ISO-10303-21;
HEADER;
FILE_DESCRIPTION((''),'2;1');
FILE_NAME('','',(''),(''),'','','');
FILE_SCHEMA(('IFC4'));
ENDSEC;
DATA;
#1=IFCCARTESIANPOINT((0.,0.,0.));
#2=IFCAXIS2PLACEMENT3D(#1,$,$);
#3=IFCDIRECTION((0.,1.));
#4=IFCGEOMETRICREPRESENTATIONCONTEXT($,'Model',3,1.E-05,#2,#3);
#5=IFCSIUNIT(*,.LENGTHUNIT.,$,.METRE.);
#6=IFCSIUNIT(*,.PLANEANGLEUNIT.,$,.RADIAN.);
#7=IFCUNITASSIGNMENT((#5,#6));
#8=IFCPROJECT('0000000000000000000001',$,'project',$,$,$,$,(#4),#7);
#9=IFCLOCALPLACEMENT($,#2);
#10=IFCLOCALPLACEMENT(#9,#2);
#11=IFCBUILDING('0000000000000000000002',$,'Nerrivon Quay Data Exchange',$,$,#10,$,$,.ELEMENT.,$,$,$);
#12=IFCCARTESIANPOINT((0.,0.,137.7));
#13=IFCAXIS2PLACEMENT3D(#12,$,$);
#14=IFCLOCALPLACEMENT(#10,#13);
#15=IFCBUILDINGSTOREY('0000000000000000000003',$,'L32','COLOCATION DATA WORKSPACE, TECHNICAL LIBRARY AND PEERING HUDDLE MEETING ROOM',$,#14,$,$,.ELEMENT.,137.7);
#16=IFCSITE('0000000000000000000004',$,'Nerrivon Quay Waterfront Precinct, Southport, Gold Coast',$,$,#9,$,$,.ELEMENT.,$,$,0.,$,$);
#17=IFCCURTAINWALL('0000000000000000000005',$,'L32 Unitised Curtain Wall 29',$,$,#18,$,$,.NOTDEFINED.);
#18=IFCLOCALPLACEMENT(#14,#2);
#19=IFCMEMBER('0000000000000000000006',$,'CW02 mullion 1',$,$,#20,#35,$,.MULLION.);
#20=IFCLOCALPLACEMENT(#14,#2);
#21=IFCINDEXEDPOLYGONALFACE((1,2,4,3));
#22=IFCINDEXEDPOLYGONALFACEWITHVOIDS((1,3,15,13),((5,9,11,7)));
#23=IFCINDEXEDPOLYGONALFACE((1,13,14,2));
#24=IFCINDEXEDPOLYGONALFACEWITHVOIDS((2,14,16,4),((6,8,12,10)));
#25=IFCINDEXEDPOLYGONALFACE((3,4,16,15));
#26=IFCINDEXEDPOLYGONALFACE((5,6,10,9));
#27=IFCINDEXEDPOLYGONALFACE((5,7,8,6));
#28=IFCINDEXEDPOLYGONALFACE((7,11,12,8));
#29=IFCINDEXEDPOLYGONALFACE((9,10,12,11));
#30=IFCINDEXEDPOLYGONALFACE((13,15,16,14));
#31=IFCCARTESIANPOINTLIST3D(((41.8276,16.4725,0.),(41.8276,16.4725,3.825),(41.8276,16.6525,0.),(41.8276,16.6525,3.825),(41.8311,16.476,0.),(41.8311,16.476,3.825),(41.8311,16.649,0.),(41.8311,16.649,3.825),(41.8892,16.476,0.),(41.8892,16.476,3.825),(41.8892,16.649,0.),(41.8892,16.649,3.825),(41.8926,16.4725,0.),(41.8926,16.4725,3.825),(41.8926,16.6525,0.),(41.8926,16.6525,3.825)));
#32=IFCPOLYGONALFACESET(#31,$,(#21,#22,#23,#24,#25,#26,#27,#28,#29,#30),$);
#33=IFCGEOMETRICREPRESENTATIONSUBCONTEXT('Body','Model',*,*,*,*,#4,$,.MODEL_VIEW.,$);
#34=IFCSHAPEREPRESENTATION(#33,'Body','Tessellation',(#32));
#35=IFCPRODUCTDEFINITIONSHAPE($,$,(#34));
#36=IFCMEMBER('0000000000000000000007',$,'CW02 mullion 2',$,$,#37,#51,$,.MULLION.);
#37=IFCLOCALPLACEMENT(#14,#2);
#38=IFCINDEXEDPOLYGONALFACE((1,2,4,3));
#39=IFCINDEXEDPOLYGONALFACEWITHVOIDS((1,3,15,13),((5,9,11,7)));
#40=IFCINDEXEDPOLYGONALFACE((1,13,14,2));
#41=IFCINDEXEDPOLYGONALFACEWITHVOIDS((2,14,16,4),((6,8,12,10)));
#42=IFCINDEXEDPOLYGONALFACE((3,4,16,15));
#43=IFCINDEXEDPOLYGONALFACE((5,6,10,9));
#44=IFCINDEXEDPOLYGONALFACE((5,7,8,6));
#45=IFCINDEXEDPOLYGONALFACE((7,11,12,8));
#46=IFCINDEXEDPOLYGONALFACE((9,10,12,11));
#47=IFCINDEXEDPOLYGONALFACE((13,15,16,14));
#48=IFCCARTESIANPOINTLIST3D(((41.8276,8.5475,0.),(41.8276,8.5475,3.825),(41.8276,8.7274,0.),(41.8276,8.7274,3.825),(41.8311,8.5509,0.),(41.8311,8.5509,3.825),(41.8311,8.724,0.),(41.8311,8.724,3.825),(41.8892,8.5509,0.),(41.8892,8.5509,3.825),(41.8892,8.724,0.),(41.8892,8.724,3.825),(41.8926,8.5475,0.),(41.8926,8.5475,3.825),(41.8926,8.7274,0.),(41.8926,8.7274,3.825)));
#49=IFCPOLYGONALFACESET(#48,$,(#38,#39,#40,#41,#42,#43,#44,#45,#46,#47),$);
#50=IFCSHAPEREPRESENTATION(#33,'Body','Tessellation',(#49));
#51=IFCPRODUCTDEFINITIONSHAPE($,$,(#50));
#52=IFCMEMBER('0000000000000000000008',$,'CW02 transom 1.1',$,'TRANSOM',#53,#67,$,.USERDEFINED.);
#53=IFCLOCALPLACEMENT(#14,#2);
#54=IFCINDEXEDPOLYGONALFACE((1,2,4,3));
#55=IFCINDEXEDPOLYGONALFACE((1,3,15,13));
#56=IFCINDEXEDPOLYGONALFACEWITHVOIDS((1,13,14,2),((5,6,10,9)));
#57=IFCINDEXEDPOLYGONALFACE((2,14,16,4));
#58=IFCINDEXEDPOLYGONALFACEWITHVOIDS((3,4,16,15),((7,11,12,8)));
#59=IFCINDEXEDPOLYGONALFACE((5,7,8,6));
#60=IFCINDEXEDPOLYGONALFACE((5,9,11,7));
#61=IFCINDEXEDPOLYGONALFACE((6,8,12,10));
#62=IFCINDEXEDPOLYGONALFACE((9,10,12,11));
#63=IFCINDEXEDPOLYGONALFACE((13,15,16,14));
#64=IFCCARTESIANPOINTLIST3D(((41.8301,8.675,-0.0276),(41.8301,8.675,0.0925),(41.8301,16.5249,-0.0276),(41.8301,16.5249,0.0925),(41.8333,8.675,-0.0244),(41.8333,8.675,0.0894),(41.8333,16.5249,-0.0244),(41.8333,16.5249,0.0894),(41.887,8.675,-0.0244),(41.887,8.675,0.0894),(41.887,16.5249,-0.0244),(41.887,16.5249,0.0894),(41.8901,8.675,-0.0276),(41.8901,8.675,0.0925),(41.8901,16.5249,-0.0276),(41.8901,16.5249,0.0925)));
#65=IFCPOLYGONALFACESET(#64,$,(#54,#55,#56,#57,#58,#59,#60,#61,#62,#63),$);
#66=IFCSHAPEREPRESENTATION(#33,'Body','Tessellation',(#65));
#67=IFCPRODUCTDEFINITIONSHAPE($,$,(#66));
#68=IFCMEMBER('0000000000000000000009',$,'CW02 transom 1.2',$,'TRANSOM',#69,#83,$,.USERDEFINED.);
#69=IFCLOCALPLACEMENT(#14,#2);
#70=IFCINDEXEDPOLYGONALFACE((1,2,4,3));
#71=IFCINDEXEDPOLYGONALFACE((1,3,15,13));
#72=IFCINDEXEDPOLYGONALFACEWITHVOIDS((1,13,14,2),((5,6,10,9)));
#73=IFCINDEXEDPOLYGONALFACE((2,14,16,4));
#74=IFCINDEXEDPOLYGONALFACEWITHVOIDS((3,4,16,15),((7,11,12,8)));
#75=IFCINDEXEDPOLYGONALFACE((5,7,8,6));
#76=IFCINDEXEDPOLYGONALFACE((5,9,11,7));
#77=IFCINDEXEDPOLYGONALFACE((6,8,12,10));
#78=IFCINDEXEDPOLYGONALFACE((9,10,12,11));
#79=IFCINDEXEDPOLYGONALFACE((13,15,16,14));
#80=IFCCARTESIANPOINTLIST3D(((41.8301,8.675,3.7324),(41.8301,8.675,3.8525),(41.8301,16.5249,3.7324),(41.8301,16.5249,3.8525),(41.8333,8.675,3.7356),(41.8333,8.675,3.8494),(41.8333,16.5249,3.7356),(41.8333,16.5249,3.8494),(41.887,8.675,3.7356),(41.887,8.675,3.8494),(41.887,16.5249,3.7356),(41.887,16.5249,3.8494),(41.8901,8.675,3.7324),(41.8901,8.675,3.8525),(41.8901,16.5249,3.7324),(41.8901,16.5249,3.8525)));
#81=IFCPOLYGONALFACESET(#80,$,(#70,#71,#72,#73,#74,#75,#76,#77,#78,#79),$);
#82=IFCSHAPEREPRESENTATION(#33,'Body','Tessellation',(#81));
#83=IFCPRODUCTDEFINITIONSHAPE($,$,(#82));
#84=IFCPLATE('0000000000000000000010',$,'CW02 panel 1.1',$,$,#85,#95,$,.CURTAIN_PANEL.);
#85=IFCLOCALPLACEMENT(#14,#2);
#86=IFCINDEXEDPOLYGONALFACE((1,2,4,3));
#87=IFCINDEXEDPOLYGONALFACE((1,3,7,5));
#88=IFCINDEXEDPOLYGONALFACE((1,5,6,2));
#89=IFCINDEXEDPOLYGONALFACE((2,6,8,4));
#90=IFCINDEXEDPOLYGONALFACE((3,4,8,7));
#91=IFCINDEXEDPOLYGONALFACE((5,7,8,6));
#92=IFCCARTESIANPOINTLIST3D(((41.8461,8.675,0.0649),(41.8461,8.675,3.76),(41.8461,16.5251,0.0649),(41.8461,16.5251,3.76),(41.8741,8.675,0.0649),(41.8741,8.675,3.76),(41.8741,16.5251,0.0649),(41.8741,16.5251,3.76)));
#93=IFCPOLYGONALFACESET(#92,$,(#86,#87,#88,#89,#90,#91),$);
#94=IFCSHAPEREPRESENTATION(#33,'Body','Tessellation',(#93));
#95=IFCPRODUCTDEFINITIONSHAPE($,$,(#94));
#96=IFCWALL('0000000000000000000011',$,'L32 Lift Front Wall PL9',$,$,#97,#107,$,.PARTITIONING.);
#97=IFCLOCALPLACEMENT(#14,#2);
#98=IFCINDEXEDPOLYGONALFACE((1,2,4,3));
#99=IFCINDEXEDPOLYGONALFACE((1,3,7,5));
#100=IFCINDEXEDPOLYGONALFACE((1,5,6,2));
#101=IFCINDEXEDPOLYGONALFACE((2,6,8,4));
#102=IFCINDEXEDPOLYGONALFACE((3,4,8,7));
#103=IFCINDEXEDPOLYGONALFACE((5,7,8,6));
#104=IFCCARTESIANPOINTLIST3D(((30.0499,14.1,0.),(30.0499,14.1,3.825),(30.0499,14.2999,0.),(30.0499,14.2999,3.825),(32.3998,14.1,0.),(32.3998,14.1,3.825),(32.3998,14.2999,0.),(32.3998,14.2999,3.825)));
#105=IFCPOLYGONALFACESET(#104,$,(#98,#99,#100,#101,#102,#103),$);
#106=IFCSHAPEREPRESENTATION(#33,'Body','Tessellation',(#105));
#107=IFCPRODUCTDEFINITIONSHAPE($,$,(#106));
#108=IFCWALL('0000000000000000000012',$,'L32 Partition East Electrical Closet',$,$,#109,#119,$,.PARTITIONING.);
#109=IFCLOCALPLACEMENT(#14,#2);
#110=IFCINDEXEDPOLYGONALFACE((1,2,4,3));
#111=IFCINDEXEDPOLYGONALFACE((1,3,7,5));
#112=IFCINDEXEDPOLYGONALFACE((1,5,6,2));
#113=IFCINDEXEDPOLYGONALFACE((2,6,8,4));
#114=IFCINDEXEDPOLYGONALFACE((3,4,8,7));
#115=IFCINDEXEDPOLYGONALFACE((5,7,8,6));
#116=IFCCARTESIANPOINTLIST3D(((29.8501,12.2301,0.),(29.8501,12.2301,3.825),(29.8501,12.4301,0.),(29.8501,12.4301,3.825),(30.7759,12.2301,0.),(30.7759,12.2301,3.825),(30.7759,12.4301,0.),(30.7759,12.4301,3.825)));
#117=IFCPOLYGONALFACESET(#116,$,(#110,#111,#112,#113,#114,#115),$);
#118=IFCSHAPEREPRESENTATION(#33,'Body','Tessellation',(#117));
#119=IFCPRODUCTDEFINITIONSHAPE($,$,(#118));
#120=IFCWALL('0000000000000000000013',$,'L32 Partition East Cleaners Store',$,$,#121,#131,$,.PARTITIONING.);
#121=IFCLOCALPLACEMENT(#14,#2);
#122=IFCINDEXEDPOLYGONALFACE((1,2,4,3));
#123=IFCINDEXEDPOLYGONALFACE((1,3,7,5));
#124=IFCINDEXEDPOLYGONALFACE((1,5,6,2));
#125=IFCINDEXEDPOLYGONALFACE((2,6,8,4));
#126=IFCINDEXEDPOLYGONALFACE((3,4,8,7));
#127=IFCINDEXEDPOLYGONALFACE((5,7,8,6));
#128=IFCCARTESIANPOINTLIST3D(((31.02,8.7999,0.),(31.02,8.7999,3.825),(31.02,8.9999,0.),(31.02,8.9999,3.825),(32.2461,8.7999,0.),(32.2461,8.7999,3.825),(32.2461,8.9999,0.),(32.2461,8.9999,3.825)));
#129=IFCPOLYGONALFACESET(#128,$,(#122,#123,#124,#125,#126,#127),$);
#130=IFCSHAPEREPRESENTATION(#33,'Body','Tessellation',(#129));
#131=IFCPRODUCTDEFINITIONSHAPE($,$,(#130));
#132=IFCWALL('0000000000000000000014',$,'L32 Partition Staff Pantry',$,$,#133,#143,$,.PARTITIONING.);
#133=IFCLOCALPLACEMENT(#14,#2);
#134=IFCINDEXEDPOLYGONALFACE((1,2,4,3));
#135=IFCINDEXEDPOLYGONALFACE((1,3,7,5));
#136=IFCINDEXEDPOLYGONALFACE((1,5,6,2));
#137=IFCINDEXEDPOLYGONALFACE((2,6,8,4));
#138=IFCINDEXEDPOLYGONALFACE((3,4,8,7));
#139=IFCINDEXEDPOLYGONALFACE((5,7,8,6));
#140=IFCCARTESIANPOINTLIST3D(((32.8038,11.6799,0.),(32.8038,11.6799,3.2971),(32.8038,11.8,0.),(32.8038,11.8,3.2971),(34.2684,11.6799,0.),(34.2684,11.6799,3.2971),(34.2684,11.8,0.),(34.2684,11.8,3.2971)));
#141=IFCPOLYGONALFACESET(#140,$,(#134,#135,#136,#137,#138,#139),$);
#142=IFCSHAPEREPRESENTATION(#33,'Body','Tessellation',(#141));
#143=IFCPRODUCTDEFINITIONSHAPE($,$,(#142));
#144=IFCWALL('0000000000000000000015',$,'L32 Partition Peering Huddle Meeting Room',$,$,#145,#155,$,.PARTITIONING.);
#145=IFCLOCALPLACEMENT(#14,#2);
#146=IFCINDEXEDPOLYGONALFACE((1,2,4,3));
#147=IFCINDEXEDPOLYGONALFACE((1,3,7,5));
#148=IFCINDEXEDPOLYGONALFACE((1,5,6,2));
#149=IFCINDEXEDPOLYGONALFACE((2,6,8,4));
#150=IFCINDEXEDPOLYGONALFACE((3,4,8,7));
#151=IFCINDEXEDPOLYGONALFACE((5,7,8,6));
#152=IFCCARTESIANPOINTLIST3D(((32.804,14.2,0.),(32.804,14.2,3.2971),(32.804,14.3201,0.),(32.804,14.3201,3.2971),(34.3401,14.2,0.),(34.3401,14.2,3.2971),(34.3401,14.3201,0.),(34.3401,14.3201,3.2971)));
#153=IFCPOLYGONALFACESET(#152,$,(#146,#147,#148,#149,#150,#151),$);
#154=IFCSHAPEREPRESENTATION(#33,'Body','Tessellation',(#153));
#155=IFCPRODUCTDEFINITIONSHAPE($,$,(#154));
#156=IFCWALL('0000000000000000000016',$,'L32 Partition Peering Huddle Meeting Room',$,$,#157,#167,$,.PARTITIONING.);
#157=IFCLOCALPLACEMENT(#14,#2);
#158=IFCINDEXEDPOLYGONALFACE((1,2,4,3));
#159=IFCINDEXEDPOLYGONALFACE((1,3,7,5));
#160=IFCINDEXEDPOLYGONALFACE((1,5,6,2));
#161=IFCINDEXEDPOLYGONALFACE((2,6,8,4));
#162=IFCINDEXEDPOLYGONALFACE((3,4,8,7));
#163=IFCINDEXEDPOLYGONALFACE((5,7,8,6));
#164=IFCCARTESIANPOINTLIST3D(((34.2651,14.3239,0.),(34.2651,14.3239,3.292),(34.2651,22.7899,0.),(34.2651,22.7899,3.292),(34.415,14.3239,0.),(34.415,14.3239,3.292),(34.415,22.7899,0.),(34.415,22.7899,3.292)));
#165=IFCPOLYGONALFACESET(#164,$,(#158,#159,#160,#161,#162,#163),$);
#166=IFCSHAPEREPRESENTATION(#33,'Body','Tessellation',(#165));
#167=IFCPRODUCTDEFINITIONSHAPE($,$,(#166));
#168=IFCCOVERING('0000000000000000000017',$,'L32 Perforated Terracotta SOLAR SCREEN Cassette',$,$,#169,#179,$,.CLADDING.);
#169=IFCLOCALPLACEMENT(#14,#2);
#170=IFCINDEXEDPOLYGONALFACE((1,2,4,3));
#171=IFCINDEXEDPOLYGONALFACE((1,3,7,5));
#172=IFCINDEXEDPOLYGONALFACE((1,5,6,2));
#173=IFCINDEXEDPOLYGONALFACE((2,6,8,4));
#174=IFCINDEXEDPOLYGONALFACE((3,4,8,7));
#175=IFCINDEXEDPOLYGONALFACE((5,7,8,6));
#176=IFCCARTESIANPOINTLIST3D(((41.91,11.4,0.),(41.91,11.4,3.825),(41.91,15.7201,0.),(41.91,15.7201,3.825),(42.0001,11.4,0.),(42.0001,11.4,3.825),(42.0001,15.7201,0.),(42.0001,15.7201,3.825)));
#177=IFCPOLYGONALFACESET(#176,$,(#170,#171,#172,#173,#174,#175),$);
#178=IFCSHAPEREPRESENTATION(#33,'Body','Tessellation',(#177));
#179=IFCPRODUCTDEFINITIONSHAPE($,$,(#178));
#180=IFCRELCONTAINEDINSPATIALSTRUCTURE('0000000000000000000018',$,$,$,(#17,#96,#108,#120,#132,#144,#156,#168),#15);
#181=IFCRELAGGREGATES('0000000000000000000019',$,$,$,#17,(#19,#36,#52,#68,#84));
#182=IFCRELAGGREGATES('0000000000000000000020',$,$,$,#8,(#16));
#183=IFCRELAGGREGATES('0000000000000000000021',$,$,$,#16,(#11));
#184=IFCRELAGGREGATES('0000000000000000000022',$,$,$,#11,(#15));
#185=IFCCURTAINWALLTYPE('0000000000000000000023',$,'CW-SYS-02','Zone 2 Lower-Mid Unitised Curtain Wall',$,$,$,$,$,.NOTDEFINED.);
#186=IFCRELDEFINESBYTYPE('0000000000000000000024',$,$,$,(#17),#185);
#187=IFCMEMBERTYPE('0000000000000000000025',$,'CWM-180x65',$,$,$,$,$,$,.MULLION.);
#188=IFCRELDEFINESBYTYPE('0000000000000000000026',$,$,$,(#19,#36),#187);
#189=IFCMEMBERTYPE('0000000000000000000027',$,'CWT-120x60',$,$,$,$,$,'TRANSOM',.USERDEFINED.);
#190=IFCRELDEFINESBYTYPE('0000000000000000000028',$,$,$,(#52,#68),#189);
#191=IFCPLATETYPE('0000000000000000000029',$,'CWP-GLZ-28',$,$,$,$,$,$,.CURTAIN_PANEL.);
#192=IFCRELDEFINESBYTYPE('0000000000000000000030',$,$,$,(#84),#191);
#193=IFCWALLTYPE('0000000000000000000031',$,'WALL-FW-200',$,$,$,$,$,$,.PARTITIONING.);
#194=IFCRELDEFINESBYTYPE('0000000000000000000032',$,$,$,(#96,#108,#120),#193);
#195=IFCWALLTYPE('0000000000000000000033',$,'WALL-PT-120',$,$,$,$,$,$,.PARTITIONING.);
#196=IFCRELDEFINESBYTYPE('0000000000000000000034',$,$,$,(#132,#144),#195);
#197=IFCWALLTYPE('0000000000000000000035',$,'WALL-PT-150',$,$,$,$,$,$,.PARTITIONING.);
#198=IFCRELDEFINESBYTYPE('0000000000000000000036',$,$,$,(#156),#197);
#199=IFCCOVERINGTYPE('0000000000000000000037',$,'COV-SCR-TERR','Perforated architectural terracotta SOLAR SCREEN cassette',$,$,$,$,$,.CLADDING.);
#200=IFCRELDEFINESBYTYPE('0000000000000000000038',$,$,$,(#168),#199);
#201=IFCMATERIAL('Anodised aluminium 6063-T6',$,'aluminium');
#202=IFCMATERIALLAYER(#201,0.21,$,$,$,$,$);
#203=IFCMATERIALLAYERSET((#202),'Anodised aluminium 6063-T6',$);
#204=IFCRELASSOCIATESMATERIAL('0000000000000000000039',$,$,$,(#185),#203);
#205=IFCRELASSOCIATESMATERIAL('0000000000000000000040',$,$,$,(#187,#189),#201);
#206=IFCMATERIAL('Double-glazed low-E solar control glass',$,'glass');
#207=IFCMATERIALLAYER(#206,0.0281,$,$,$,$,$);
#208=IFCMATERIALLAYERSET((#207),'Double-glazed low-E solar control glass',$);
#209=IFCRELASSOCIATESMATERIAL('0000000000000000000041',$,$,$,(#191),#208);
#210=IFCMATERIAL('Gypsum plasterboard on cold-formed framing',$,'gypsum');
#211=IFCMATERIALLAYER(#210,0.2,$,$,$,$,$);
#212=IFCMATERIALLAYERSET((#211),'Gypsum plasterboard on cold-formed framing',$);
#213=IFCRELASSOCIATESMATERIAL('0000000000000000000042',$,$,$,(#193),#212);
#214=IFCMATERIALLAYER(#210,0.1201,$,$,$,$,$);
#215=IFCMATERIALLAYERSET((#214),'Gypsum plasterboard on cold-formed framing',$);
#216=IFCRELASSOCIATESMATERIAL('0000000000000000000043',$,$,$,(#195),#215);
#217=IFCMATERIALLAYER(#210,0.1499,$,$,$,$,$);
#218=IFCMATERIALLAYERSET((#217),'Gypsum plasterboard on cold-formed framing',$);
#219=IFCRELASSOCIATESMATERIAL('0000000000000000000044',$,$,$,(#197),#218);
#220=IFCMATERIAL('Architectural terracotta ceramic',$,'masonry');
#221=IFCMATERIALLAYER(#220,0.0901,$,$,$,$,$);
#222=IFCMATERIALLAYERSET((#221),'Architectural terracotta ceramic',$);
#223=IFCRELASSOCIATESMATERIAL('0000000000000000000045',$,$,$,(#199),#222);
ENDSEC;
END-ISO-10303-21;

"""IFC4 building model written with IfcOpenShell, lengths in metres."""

from ifc_helpers import new_model, si_unit, direction, frame, frame_2d, origin, origin_2d, place, context, subcontext, project, spatial, rectangle, hollow_rectangle, extrude, material, layer, layer_set, material_profile, profile_set, type_object, element, aggregate, save


model = new_model("IFC4")

# Units and contexts
model_context = context("Model", 3, precision=1e-05, world=origin(), true_north=direction((0.0, 1.0)))
body_context = subcontext(model_context, "Body", "Model", "MODEL_VIEW")
ifc_project = project(units=[si_unit("LENGTHUNIT", "METRE"), si_unit("PLANEANGLEUNIT", "RADIAN")], contexts=[model_context])

# Site, building, storey
site_placement = place(None, origin())
site = spatial("IfcSite", under=ifc_project, at=site_placement, Name="Nerrivon Quay Waterfront Precinct, Southport, Gold Coast", CompositionType="ELEMENT", RefElevation=0.0)
building_placement = place(site_placement, origin())
building = spatial("IfcBuilding", under=site, at=building_placement, Name="Nerrivon Quay Data Exchange", CompositionType="ELEMENT")
storey_placement = place(building_placement, frame((0.0, 0.0, 137.7)))
storey = spatial("IfcBuildingStorey", under=building, at=storey_placement, Name="L32", Description="COLOCATION DATA WORKSPACE, TECHNICAL LIBRARY AND PEERING HUDDLE MEETING ROOM", CompositionType="ELEMENT", Elevation=137.7)

# Curtain wall, members, plate
ifc_material_1 = material(Name="Anodised aluminium 6063-T6", Category="aluminium")
ifc_layer_1 = layer(ifc_material_1, 0.21)
ifc_layer_set_1 = layer_set([ifc_layer_1], Name="Anodised aluminium 6063-T6")
curtain_wall_type = type_object("IfcCurtainWallType", Name="CW-SYS-02", Description="Zone 2 Lower-Mid Unitised Curtain Wall", PredefinedType="NOTDEFINED", material=ifc_layer_set_1)
curtain_wall_placement = place(storey_placement, origin())
curtain_wall = element("IfcCurtainWall", 1, at=curtain_wall_placement, inside=storey, type_object=curtain_wall_type, Name="L32 Unitised Curtain Wall 29", PredefinedType="NOTDEFINED")
ifc_material_profile_1 = material_profile(ifc_material_1, hollow_rectangle(XDim=0.0649, YDim=0.1799, WallThickness=0.0034, at=origin_2d()), Name="ALU-MULL-180x65")
ifc_profile_set_1 = profile_set([ifc_material_profile_1], Name="Anodised aluminium 6063-T6")
member_type_1 = type_object("IfcMemberType", Name="CWM-180x65", PredefinedType="MULLION", material=ifc_profile_set_1)
member_1_placement = place(storey_placement, frame((41.8601, 16.5625, 0.0), z_axis=(0.0, 0.0, 1.0), x_axis=(1.0, 0.0, 0.0)))
member_1 = element("IfcMember", 2, at=member_1_placement, type_object=member_type_1, Name="CW02 mullion 1", PredefinedType="MULLION", context=body_context, shape_type="SweptSolid", body=[
    extrude(hollow_rectangle(XDim=0.0649, YDim=0.1799, WallThickness=0.0034, at=origin_2d()), origin(), (0.0, 0.0, 1.0), 3.825),
])
member_2_placement = place(storey_placement, frame((41.8601, 8.6375, 0.0), z_axis=(0.0, 0.0, 1.0), x_axis=(1.0, 0.0, 0.0)))
member_2 = element("IfcMember", 3, at=member_2_placement, type_object=member_type_1, Name="CW02 mullion 2", PredefinedType="MULLION", context=body_context, shape_type="SweptSolid", body=[
    extrude(hollow_rectangle(XDim=0.0649, YDim=0.1799, WallThickness=0.0034, at=origin_2d()), origin(), (0.0, 0.0, 1.0), 3.825),
])
ifc_material_profile_2 = material_profile(ifc_material_1, hollow_rectangle(XDim=0.0601, YDim=0.1201, WallThickness=0.0032, at=origin_2d()), Name="ALU-TRAN-120x60")
ifc_profile_set_2 = profile_set([ifc_material_profile_2], Name="Anodised aluminium 6063-T6")
member_type_2 = type_object("IfcMemberType", Name="CWT-120x60", ElementType="TRANSOM", PredefinedType="USERDEFINED", material=ifc_profile_set_2)
member_3_placement = place(storey_placement, frame((41.8601, 16.5249, 0.0325), z_axis=(0.0, -1.0, 0.0), x_axis=(1.0, 0.0, 0.0)))
member_3 = element("IfcMember", 4, at=member_3_placement, type_object=member_type_2, Name="CW02 transom 1.1", ObjectType="TRANSOM", PredefinedType="USERDEFINED", context=body_context, shape_type="SweptSolid", body=[
    extrude(hollow_rectangle(XDim=0.0601, YDim=0.1201, WallThickness=0.0032, at=origin_2d()), origin(), (0.0, 0.0, 1.0), 7.8499),
])
member_4_placement = place(storey_placement, frame((41.8601, 16.5249, 3.7925), z_axis=(0.0, -1.0, 0.0), x_axis=(1.0, 0.0, 0.0)))
member_4 = element("IfcMember", 5, at=member_4_placement, type_object=member_type_2, Name="CW02 transom 1.2", ObjectType="TRANSOM", PredefinedType="USERDEFINED", context=body_context, shape_type="SweptSolid", body=[
    extrude(hollow_rectangle(XDim=0.0601, YDim=0.1201, WallThickness=0.0032, at=origin_2d()), origin(), (0.0, 0.0, 1.0), 7.8499),
])
ifc_material_2 = material(Name="Double-glazed low-E solar control glass", Category="glass")
ifc_layer_2 = layer(ifc_material_2, 0.0281)
ifc_layer_set_2 = layer_set([ifc_layer_2], Name="Double-glazed low-E solar control glass")
plate_type = type_object("IfcPlateType", Name="CWP-GLZ-28", PredefinedType="CURTAIN_PANEL", material=ifc_layer_set_2)
plate_placement = place(storey_placement, frame((41.8601, 12.6001, 0.0649), z_axis=(0.0, 0.0, 1.0), x_axis=(0.0, -1.0, 0.0)))
plate = element("IfcPlate", 6, at=plate_placement, type_object=plate_type, Name="CW02 panel 1.1", PredefinedType="CURTAIN_PANEL", context=body_context, shape_type="SweptSolid", body=[
    extrude(rectangle(XDim=7.8501, YDim=0.0281, at=origin_2d()), origin(), (0.0, 0.0, 1.0), 3.6951),
])
aggregate(curtain_wall, [member_1, member_2, member_3, member_4, plate])

# Wall
ifc_material_3 = material(Name="Gypsum plasterboard on cold-formed framing", Category="gypsum")
ifc_layer_3 = layer(ifc_material_3, 0.2)
ifc_layer_set_3 = layer_set([ifc_layer_3], Name="Gypsum plasterboard on cold-formed framing")
wall_type_1 = type_object("IfcWallType", Name="WALL-FW-200", PredefinedType="PARTITIONING", material=ifc_layer_set_3)
wall_1_placement = place(storey_placement, frame((30.05, 14.2, 0.0), z_axis=(0.0, 0.0, 1.0), x_axis=(1.0, 0.0, 0.0)))
element("IfcWall", 7, at=wall_1_placement, inside=storey, type_object=wall_type_1, Name="L32 Lift Front Wall PL9", PredefinedType="PARTITIONING", context=body_context, shape_type="SweptSolid", body=[
    extrude(rectangle(XDim=2.3499, YDim=0.2, at=frame_2d((1.1748, 0.0))), origin(), (0.0, 0.0, 1.0), 3.825),
])

# Wall
wall_2_placement = place(storey_placement, frame((30.7759, 12.3301, 0.0), z_axis=(0.0, 0.0, 1.0), x_axis=(-1.0, 0.0, 0.0)))
element("IfcWall", 8, at=wall_2_placement, inside=storey, type_object=wall_type_1, Name="L32 Partition East Electrical Closet", PredefinedType="PARTITIONING", context=body_context, shape_type="SweptSolid", body=[
    extrude(rectangle(XDim=0.9258, YDim=0.2, at=frame_2d((0.4629, 0.0))), origin(), (0.0, 0.0, 1.0), 3.825),
])

# Walls
wall_3_placement = place(storey_placement, frame((31.02, 8.8999, 0.0), z_axis=(0.0, 0.0, 1.0), x_axis=(1.0, 0.0, 0.0)))
element("IfcWall", 9, at=wall_3_placement, inside=storey, type_object=wall_type_1, Name="L32 Partition East Cleaners Store", PredefinedType="PARTITIONING", context=body_context, shape_type="SweptSolid", body=[
    extrude(rectangle(XDim=1.2261, YDim=0.2, at=frame_2d((0.613, 0.0))), origin(), (0.0, 0.0, 1.0), 3.825),
])
ifc_layer_4 = layer(ifc_material_3, 0.1201)
ifc_layer_set_4 = layer_set([ifc_layer_4], Name="Gypsum plasterboard on cold-formed framing")
wall_type_2 = type_object("IfcWallType", Name="WALL-PT-120", PredefinedType="PARTITIONING", material=ifc_layer_set_4)
wall_4_placement = place(storey_placement, frame((34.2686, 11.74, 0.0), z_axis=(0.0, 0.0, 1.0), x_axis=(-1.0, 0.0, 0.0)))
element("IfcWall", 10, at=wall_4_placement, inside=storey, type_object=wall_type_2, Name="L32 Partition Staff Pantry", PredefinedType="PARTITIONING", context=body_context, shape_type="SweptSolid", body=[
    extrude(rectangle(XDim=1.4646, YDim=0.1201, at=frame_2d((0.7324, 0.0))), origin(), (0.0, 0.0, 1.0), 3.2971),
])
wall_5_placement = place(storey_placement, frame((32.804, 14.26, 0.0), z_axis=(0.0, 0.0, 1.0), x_axis=(1.0, 0.0, 0.0)))
element("IfcWall", 11, at=wall_5_placement, inside=storey, type_object=wall_type_2, Name="L32 Partition Peering Huddle Meeting Room", PredefinedType="PARTITIONING", context=body_context, shape_type="SweptSolid", body=[
    extrude(rectangle(XDim=1.5361, YDim=0.1201, at=frame_2d((0.7681, 0.0))), origin(), (0.0, 0.0, 1.0), 3.2971),
])
ifc_layer_5 = layer(ifc_material_3, 0.1499)
ifc_layer_set_5 = layer_set([ifc_layer_5], Name="Gypsum plasterboard on cold-formed framing")
wall_type_3 = type_object("IfcWallType", Name="WALL-PT-150", PredefinedType="PARTITIONING", material=ifc_layer_set_5)
wall_6_placement = place(storey_placement, frame((34.3401, 14.324, 0.0), z_axis=(0.0, 0.0, 1.0), x_axis=(0.0, 1.0, 0.0)))
element("IfcWall", 12, at=wall_6_placement, inside=storey, type_object=wall_type_3, Name="L32 Partition Peering Huddle Meeting Room", PredefinedType="PARTITIONING", context=body_context, shape_type="SweptSolid", body=[
    extrude(rectangle(XDim=8.4661, YDim=0.1499, at=frame_2d((4.2329, 0.0))), origin(), (0.0, 0.0, 1.0), 3.292),
])

# Covering
ifc_material_4 = material(Name="Architectural terracotta ceramic", Category="masonry")
ifc_layer_6 = layer(ifc_material_4, 0.0901)
ifc_layer_set_6 = layer_set([ifc_layer_6], Name="Architectural terracotta ceramic")
covering_type = type_object("IfcCoveringType", Name="COV-SCR-TERR", Description="Perforated architectural terracotta SOLAR SCREEN cassette", PredefinedType="CLADDING", material=ifc_layer_set_6)
covering_placement = place(storey_placement, frame((41.9551, 13.5601, 0.0), z_axis=(0.0, 0.0, 1.0), x_axis=(0.0, -1.0, 0.0)))
element("IfcCovering", 13, at=covering_placement, inside=storey, type_object=covering_type, Name="L32 Perforated Terracotta SOLAR SCREEN Cassette", PredefinedType="CLADDING", context=body_context, shape_type="SweptSolid", body=[
    extrude(rectangle(XDim=4.3201, YDim=0.0901, at=origin_2d()), origin(), (0.0, 0.0, 1.0), 3.825),
])

save(model, "model.ifc")
